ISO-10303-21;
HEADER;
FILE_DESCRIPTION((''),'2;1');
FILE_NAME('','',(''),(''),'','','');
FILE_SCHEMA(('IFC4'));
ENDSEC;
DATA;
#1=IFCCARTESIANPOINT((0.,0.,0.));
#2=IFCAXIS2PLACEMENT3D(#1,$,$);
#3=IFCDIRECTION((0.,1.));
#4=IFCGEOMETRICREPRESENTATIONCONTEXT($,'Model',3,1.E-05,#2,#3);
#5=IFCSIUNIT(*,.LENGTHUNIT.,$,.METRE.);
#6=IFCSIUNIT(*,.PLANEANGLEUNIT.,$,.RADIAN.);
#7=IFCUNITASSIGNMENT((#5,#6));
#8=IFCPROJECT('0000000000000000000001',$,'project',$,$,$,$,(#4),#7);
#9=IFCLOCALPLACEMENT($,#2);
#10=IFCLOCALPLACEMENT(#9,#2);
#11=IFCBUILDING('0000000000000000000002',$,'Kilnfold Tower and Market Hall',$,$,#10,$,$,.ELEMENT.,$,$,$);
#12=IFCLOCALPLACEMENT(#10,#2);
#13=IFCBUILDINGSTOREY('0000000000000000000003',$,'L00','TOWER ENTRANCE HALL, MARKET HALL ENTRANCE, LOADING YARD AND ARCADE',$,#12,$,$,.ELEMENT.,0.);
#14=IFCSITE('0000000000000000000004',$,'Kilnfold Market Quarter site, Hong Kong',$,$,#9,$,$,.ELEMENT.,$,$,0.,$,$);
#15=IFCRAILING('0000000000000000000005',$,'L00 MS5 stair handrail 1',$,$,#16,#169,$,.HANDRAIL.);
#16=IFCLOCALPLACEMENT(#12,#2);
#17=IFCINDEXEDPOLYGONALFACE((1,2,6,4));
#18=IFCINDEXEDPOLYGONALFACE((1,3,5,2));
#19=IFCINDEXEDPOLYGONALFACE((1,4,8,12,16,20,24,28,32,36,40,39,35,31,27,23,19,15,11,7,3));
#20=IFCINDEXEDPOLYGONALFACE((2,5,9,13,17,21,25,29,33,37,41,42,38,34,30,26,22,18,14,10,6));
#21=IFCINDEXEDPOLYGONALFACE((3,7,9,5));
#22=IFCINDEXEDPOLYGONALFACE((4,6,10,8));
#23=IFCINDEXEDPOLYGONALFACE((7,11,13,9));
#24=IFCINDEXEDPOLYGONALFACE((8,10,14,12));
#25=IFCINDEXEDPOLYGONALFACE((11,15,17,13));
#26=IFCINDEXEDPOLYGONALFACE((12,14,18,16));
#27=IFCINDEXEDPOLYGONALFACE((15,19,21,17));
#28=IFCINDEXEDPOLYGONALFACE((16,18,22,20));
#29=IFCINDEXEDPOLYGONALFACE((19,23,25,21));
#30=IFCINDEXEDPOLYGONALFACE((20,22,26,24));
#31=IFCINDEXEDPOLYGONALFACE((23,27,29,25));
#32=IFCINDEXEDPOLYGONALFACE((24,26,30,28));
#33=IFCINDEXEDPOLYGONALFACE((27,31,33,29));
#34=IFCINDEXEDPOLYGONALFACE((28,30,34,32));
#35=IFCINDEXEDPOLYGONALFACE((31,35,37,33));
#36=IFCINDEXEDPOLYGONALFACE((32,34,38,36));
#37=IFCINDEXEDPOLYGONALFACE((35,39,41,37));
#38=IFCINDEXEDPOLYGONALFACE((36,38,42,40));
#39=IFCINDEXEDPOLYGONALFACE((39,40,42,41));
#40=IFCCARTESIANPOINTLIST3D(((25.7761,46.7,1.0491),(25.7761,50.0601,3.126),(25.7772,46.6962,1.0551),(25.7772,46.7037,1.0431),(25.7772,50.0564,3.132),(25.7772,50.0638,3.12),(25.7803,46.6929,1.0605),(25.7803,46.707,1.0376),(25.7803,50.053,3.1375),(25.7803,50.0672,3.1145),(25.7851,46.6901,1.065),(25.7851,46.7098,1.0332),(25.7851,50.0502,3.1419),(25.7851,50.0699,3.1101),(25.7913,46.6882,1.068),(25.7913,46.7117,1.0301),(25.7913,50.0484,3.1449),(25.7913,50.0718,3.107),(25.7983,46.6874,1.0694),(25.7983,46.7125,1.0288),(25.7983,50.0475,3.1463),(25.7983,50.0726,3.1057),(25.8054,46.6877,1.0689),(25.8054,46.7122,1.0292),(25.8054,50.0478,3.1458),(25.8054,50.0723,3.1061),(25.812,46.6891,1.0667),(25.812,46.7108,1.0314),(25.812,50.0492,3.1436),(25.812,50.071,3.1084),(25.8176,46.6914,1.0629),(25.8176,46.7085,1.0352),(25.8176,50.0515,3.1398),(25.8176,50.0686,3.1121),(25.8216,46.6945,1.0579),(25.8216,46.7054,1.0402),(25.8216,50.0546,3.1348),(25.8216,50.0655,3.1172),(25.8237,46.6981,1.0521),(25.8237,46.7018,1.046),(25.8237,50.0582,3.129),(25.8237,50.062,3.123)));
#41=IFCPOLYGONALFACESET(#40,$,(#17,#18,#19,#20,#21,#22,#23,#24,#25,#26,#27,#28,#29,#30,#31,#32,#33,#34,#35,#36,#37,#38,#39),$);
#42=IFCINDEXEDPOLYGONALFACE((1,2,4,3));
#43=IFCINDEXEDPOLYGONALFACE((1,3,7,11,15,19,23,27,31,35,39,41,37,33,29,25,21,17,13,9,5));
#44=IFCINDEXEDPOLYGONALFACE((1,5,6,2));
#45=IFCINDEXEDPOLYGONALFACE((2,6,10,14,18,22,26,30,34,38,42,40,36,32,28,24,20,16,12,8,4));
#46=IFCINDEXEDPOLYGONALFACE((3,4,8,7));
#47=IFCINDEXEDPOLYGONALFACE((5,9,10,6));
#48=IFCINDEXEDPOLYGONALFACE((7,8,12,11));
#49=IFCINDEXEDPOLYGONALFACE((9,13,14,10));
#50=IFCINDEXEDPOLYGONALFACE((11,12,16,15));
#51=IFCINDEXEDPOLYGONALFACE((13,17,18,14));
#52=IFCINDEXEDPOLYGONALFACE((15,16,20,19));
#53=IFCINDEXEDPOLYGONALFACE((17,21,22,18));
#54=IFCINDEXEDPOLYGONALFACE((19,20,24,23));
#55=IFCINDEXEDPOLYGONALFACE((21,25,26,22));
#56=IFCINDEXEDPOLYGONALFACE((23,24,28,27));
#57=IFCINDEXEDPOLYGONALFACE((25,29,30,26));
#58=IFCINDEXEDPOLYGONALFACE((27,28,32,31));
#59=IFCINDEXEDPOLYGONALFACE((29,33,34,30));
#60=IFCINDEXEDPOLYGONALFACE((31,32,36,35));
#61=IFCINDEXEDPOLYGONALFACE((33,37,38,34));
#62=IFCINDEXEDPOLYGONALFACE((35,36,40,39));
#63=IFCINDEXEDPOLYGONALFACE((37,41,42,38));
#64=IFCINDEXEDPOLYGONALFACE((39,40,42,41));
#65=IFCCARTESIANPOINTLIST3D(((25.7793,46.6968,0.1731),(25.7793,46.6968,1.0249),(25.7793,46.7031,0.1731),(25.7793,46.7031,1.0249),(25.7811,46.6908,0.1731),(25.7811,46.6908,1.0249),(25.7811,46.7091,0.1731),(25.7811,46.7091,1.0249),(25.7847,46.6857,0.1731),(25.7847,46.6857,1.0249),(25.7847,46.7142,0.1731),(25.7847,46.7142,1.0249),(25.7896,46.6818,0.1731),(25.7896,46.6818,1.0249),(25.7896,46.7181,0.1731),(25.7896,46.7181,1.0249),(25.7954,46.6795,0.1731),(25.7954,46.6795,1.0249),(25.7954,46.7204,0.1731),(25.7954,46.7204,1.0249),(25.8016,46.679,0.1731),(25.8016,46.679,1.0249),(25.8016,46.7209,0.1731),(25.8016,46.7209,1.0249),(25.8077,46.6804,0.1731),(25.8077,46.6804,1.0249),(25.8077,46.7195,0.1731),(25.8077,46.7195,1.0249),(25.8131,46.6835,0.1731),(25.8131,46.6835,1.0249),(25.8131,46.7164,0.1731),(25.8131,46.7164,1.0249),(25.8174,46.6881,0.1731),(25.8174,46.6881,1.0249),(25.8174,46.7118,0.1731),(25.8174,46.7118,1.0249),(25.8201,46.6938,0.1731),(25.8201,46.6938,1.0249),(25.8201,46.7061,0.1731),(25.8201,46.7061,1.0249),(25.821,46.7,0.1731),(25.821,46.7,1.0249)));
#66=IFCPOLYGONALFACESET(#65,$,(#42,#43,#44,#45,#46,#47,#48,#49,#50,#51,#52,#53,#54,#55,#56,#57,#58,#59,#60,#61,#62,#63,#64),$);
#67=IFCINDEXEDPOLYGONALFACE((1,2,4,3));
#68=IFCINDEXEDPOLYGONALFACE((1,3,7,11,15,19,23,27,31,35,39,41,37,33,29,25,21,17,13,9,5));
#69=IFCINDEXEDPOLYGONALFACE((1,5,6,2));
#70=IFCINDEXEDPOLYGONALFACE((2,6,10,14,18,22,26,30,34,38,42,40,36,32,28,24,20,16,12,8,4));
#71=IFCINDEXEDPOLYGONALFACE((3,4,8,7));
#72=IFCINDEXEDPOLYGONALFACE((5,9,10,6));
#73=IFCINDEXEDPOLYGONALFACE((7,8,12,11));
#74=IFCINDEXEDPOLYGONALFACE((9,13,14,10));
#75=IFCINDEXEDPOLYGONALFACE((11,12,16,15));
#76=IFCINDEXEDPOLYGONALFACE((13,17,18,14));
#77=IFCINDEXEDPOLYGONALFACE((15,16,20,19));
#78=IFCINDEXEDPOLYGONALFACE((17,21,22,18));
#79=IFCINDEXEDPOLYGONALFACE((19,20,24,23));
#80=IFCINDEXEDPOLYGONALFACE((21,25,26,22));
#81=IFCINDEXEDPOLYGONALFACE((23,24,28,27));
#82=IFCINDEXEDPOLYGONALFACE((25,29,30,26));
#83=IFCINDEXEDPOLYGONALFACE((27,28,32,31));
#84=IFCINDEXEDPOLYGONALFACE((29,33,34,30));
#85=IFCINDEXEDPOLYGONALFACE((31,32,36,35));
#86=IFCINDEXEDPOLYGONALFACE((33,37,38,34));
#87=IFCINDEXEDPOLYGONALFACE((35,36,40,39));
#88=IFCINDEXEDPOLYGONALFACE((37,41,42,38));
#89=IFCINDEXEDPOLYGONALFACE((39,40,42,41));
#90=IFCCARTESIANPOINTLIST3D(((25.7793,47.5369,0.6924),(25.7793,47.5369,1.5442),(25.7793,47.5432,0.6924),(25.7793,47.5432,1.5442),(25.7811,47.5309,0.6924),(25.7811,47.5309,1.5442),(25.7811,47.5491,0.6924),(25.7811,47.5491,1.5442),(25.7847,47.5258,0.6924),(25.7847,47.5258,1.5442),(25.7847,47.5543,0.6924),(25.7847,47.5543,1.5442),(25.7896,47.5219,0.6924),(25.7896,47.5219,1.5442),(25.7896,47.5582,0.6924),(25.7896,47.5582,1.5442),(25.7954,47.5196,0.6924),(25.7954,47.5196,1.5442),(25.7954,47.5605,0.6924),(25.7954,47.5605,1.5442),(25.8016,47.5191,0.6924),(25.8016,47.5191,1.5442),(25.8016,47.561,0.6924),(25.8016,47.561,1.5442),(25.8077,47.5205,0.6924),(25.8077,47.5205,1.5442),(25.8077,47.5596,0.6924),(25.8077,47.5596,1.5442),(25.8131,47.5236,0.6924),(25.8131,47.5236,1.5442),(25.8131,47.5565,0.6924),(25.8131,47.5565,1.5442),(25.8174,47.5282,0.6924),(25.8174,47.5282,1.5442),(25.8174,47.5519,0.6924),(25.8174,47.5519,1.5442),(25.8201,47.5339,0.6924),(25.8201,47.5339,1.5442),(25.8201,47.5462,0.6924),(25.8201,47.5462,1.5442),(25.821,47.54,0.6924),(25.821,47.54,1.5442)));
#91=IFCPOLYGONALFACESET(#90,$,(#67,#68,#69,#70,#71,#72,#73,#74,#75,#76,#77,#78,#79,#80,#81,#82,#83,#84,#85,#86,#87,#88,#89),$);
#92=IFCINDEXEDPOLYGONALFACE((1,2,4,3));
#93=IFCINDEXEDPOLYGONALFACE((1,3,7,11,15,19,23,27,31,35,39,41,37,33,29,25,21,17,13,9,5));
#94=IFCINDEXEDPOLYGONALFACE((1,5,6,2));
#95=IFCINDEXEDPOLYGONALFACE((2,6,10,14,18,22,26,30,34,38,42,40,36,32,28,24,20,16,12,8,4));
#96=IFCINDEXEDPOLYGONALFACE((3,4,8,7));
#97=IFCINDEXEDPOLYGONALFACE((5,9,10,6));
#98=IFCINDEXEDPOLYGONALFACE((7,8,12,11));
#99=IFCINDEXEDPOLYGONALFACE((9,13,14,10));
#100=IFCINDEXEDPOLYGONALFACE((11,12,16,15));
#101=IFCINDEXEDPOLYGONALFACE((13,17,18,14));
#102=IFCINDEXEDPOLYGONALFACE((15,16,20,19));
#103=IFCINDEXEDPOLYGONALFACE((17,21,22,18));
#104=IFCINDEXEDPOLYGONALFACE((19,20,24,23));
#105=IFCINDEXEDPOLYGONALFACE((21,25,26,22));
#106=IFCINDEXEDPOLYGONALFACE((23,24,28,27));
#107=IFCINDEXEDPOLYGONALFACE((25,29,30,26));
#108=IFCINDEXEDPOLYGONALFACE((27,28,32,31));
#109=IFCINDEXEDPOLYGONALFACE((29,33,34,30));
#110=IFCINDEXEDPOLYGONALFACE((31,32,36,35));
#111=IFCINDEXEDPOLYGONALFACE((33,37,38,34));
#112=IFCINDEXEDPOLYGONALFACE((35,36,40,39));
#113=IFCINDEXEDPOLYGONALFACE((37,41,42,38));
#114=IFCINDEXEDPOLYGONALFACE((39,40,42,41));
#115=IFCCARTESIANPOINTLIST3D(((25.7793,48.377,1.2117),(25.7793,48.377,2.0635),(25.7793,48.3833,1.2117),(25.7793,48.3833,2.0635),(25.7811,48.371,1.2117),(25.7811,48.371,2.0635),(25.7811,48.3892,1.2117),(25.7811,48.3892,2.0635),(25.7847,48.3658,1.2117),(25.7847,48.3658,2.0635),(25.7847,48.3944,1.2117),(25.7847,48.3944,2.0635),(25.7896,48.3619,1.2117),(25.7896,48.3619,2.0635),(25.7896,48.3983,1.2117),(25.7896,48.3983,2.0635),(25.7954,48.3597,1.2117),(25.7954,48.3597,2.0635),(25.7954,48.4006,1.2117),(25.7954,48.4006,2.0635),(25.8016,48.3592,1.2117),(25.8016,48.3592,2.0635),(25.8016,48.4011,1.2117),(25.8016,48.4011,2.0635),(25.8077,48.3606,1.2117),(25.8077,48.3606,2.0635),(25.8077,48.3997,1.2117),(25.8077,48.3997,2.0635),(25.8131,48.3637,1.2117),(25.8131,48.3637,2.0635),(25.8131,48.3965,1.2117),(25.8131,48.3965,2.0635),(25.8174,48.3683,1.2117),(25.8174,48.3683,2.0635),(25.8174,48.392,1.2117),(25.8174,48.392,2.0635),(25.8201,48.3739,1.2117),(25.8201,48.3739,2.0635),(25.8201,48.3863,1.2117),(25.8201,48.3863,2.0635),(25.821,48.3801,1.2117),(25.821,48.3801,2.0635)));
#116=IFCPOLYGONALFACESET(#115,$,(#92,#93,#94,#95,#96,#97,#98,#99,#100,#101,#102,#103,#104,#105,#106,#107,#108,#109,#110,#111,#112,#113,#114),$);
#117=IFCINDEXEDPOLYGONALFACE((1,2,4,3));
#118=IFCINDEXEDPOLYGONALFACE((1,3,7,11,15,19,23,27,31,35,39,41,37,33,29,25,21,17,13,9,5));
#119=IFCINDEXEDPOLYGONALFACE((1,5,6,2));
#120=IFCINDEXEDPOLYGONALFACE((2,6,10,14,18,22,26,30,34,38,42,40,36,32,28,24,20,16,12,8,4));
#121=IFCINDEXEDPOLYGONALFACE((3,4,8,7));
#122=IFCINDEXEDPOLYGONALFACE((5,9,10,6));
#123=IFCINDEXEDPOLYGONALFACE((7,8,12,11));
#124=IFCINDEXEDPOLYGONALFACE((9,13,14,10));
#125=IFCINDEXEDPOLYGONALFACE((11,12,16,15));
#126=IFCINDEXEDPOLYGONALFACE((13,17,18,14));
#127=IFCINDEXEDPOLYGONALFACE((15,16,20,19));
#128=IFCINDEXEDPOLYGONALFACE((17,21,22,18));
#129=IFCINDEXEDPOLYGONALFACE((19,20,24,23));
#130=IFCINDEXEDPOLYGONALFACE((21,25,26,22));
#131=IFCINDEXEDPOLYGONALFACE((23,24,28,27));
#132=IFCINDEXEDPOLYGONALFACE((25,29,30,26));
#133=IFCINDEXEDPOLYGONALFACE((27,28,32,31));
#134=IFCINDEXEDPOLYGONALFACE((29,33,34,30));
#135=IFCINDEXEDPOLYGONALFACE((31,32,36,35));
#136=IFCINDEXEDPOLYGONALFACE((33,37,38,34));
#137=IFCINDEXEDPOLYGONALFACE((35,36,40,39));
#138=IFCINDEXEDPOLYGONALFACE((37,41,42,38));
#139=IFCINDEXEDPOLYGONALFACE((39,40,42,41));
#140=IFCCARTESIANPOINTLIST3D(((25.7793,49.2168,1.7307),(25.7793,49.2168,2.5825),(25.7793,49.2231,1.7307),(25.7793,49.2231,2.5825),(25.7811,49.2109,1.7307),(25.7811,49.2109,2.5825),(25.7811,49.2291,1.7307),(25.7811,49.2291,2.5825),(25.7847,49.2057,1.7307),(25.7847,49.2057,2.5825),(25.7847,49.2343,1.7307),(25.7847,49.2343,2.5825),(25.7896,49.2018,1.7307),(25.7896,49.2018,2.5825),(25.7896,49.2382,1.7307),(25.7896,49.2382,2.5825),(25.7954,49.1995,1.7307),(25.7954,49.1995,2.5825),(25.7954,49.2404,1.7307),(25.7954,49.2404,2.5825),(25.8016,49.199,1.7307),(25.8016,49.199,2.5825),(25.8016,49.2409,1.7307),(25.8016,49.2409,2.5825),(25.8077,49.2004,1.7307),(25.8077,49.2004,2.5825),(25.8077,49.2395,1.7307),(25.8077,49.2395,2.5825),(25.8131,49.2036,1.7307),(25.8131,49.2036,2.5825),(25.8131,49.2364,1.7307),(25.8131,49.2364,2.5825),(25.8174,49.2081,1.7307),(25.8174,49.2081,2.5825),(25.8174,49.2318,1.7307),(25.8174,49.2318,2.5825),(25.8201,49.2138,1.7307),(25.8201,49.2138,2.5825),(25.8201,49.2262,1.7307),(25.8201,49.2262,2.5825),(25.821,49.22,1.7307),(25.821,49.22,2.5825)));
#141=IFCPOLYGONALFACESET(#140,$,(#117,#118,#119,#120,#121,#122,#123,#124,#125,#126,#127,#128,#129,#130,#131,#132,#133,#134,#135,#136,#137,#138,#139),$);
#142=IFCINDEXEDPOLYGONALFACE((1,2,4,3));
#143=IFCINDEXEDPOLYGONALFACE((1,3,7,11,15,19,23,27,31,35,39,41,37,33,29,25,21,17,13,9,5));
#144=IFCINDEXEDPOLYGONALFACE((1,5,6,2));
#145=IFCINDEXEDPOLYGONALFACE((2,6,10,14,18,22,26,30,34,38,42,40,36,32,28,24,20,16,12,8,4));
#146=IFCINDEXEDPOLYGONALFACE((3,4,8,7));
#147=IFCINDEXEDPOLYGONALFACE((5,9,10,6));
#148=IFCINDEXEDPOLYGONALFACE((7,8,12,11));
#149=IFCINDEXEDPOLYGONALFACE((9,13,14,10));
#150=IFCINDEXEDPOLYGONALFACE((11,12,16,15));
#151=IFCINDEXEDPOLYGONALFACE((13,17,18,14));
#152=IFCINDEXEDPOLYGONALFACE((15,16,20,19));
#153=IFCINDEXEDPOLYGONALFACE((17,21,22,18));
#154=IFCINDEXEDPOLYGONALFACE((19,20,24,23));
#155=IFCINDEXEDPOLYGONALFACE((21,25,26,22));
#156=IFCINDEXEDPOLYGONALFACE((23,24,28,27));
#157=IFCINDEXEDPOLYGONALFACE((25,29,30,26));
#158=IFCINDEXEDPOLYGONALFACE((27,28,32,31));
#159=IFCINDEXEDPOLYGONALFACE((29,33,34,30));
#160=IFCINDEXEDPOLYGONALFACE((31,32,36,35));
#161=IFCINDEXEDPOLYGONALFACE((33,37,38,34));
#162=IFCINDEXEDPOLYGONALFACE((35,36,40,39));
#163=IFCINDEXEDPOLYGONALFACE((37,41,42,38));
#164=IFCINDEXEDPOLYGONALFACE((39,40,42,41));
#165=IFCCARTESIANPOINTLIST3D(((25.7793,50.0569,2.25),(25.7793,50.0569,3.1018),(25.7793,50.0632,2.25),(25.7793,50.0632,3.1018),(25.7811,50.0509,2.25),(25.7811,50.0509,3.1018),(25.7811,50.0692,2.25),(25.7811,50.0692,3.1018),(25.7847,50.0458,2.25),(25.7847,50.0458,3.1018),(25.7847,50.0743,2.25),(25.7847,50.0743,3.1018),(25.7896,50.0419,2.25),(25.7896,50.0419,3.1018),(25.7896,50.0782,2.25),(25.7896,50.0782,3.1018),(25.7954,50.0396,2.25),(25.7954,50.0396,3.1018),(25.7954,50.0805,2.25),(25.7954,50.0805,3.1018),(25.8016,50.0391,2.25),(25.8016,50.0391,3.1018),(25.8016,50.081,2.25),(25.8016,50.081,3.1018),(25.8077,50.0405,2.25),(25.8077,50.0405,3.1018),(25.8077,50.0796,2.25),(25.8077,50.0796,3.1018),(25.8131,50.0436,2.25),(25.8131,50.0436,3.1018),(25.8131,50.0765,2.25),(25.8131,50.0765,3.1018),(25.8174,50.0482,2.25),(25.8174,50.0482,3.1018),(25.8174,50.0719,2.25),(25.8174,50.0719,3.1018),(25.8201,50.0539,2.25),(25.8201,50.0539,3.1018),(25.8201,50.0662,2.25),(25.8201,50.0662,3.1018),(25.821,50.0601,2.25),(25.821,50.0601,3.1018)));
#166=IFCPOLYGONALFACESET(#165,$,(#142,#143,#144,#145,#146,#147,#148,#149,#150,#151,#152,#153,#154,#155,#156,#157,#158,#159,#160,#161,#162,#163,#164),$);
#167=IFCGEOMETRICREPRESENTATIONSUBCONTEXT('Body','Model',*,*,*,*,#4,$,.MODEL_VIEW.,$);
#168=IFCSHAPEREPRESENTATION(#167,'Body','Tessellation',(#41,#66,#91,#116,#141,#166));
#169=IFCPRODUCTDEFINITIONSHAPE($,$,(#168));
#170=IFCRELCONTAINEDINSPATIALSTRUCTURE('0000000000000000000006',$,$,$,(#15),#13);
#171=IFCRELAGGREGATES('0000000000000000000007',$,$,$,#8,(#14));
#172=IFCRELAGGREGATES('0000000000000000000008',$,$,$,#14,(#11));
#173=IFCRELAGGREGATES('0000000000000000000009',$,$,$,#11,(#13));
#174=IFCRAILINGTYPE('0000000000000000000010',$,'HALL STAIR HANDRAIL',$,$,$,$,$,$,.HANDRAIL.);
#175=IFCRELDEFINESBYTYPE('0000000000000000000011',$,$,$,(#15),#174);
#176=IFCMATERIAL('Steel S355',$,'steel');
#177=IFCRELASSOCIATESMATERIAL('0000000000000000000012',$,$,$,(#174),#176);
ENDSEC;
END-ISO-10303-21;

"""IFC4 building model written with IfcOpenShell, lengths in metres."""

from ifc_helpers import new_model, si_unit, direction, frame, origin, origin_2d, place, context, subcontext, project, spatial, circle, extrude, material, type_object, element, save


model = new_model("IFC4")

# Units and contexts
model_context = context("Model", 3, precision=1e-05, world=origin(), true_north=direction((0.0, 1.0)))
body_context = subcontext(model_context, "Body", "Model", "MODEL_VIEW")
ifc_project = project(units=[si_unit("LENGTHUNIT", "METRE"), si_unit("PLANEANGLEUNIT", "RADIAN")], contexts=[model_context])

# Site, building, storey
site_placement = place(None, origin())
site = spatial("IfcSite", under=ifc_project, at=site_placement, Name="Kilnfold Market Quarter site, Hong Kong", CompositionType="ELEMENT", RefElevation=0.0)
building_placement = place(site_placement, origin())
building = spatial("IfcBuilding", under=site, at=building_placement, Name="Kilnfold Tower and Market Hall", CompositionType="ELEMENT")
storey_placement = place(building_placement, origin())
storey = spatial("IfcBuildingStorey", under=building, at=storey_placement, Name="L00", Description="TOWER ENTRANCE HALL, MARKET HALL ENTRANCE, LOADING YARD AND ARCADE", CompositionType="ELEMENT", Elevation=0.0)

# Railing
ifc_material_1 = material(Name="Steel S355", Category="steel")
railing_type_1 = type_object("IfcRailingType", Name="HALL STAIR HANDRAIL", PredefinedType="HANDRAIL", material=ifc_material_1)
railing_1_placement = place(storey_placement, frame((25.8, 46.7, 0.1731)))
element("IfcRailing", 1, at=railing_1_placement, inside=storey, type_object=railing_type_1, Name="L00 MS5 stair handrail 1", PredefinedType="HANDRAIL", context=body_context, shape_type="SweptSolid", body=[
    extrude(circle(Radius=0.0239, at=origin_2d()), frame((0.0, 0.0, 0.876), z_axis=(0.0, 0.850623, 0.525776), x_axis=(-1.0, 0.0, 0.0)), (0.0, 0.0, 1.0), 3.9502),
    extrude(circle(Radius=0.021, at=origin_2d()), origin(), (0.0, 0.0, 1.0), 0.8518),
    extrude(circle(Radius=0.021, at=origin_2d()), frame((0.0, 0.8401, 0.5193)), (0.0, 0.0, 1.0), 0.8518),
    extrude(circle(Radius=0.021, at=origin_2d()), frame((0.0, 1.6802, 1.0386)), (0.0, 0.0, 1.0), 0.8518),
    extrude(circle(Radius=0.021, at=origin_2d()), frame((0.0, 2.52, 1.5576)), (0.0, 0.0, 1.0), 0.8518),
    extrude(circle(Radius=0.021, at=origin_2d()), frame((0.0, 3.3601, 2.0769)), (0.0, 0.0, 1.0), 0.8518),
])

save(model, "model.ifc")
